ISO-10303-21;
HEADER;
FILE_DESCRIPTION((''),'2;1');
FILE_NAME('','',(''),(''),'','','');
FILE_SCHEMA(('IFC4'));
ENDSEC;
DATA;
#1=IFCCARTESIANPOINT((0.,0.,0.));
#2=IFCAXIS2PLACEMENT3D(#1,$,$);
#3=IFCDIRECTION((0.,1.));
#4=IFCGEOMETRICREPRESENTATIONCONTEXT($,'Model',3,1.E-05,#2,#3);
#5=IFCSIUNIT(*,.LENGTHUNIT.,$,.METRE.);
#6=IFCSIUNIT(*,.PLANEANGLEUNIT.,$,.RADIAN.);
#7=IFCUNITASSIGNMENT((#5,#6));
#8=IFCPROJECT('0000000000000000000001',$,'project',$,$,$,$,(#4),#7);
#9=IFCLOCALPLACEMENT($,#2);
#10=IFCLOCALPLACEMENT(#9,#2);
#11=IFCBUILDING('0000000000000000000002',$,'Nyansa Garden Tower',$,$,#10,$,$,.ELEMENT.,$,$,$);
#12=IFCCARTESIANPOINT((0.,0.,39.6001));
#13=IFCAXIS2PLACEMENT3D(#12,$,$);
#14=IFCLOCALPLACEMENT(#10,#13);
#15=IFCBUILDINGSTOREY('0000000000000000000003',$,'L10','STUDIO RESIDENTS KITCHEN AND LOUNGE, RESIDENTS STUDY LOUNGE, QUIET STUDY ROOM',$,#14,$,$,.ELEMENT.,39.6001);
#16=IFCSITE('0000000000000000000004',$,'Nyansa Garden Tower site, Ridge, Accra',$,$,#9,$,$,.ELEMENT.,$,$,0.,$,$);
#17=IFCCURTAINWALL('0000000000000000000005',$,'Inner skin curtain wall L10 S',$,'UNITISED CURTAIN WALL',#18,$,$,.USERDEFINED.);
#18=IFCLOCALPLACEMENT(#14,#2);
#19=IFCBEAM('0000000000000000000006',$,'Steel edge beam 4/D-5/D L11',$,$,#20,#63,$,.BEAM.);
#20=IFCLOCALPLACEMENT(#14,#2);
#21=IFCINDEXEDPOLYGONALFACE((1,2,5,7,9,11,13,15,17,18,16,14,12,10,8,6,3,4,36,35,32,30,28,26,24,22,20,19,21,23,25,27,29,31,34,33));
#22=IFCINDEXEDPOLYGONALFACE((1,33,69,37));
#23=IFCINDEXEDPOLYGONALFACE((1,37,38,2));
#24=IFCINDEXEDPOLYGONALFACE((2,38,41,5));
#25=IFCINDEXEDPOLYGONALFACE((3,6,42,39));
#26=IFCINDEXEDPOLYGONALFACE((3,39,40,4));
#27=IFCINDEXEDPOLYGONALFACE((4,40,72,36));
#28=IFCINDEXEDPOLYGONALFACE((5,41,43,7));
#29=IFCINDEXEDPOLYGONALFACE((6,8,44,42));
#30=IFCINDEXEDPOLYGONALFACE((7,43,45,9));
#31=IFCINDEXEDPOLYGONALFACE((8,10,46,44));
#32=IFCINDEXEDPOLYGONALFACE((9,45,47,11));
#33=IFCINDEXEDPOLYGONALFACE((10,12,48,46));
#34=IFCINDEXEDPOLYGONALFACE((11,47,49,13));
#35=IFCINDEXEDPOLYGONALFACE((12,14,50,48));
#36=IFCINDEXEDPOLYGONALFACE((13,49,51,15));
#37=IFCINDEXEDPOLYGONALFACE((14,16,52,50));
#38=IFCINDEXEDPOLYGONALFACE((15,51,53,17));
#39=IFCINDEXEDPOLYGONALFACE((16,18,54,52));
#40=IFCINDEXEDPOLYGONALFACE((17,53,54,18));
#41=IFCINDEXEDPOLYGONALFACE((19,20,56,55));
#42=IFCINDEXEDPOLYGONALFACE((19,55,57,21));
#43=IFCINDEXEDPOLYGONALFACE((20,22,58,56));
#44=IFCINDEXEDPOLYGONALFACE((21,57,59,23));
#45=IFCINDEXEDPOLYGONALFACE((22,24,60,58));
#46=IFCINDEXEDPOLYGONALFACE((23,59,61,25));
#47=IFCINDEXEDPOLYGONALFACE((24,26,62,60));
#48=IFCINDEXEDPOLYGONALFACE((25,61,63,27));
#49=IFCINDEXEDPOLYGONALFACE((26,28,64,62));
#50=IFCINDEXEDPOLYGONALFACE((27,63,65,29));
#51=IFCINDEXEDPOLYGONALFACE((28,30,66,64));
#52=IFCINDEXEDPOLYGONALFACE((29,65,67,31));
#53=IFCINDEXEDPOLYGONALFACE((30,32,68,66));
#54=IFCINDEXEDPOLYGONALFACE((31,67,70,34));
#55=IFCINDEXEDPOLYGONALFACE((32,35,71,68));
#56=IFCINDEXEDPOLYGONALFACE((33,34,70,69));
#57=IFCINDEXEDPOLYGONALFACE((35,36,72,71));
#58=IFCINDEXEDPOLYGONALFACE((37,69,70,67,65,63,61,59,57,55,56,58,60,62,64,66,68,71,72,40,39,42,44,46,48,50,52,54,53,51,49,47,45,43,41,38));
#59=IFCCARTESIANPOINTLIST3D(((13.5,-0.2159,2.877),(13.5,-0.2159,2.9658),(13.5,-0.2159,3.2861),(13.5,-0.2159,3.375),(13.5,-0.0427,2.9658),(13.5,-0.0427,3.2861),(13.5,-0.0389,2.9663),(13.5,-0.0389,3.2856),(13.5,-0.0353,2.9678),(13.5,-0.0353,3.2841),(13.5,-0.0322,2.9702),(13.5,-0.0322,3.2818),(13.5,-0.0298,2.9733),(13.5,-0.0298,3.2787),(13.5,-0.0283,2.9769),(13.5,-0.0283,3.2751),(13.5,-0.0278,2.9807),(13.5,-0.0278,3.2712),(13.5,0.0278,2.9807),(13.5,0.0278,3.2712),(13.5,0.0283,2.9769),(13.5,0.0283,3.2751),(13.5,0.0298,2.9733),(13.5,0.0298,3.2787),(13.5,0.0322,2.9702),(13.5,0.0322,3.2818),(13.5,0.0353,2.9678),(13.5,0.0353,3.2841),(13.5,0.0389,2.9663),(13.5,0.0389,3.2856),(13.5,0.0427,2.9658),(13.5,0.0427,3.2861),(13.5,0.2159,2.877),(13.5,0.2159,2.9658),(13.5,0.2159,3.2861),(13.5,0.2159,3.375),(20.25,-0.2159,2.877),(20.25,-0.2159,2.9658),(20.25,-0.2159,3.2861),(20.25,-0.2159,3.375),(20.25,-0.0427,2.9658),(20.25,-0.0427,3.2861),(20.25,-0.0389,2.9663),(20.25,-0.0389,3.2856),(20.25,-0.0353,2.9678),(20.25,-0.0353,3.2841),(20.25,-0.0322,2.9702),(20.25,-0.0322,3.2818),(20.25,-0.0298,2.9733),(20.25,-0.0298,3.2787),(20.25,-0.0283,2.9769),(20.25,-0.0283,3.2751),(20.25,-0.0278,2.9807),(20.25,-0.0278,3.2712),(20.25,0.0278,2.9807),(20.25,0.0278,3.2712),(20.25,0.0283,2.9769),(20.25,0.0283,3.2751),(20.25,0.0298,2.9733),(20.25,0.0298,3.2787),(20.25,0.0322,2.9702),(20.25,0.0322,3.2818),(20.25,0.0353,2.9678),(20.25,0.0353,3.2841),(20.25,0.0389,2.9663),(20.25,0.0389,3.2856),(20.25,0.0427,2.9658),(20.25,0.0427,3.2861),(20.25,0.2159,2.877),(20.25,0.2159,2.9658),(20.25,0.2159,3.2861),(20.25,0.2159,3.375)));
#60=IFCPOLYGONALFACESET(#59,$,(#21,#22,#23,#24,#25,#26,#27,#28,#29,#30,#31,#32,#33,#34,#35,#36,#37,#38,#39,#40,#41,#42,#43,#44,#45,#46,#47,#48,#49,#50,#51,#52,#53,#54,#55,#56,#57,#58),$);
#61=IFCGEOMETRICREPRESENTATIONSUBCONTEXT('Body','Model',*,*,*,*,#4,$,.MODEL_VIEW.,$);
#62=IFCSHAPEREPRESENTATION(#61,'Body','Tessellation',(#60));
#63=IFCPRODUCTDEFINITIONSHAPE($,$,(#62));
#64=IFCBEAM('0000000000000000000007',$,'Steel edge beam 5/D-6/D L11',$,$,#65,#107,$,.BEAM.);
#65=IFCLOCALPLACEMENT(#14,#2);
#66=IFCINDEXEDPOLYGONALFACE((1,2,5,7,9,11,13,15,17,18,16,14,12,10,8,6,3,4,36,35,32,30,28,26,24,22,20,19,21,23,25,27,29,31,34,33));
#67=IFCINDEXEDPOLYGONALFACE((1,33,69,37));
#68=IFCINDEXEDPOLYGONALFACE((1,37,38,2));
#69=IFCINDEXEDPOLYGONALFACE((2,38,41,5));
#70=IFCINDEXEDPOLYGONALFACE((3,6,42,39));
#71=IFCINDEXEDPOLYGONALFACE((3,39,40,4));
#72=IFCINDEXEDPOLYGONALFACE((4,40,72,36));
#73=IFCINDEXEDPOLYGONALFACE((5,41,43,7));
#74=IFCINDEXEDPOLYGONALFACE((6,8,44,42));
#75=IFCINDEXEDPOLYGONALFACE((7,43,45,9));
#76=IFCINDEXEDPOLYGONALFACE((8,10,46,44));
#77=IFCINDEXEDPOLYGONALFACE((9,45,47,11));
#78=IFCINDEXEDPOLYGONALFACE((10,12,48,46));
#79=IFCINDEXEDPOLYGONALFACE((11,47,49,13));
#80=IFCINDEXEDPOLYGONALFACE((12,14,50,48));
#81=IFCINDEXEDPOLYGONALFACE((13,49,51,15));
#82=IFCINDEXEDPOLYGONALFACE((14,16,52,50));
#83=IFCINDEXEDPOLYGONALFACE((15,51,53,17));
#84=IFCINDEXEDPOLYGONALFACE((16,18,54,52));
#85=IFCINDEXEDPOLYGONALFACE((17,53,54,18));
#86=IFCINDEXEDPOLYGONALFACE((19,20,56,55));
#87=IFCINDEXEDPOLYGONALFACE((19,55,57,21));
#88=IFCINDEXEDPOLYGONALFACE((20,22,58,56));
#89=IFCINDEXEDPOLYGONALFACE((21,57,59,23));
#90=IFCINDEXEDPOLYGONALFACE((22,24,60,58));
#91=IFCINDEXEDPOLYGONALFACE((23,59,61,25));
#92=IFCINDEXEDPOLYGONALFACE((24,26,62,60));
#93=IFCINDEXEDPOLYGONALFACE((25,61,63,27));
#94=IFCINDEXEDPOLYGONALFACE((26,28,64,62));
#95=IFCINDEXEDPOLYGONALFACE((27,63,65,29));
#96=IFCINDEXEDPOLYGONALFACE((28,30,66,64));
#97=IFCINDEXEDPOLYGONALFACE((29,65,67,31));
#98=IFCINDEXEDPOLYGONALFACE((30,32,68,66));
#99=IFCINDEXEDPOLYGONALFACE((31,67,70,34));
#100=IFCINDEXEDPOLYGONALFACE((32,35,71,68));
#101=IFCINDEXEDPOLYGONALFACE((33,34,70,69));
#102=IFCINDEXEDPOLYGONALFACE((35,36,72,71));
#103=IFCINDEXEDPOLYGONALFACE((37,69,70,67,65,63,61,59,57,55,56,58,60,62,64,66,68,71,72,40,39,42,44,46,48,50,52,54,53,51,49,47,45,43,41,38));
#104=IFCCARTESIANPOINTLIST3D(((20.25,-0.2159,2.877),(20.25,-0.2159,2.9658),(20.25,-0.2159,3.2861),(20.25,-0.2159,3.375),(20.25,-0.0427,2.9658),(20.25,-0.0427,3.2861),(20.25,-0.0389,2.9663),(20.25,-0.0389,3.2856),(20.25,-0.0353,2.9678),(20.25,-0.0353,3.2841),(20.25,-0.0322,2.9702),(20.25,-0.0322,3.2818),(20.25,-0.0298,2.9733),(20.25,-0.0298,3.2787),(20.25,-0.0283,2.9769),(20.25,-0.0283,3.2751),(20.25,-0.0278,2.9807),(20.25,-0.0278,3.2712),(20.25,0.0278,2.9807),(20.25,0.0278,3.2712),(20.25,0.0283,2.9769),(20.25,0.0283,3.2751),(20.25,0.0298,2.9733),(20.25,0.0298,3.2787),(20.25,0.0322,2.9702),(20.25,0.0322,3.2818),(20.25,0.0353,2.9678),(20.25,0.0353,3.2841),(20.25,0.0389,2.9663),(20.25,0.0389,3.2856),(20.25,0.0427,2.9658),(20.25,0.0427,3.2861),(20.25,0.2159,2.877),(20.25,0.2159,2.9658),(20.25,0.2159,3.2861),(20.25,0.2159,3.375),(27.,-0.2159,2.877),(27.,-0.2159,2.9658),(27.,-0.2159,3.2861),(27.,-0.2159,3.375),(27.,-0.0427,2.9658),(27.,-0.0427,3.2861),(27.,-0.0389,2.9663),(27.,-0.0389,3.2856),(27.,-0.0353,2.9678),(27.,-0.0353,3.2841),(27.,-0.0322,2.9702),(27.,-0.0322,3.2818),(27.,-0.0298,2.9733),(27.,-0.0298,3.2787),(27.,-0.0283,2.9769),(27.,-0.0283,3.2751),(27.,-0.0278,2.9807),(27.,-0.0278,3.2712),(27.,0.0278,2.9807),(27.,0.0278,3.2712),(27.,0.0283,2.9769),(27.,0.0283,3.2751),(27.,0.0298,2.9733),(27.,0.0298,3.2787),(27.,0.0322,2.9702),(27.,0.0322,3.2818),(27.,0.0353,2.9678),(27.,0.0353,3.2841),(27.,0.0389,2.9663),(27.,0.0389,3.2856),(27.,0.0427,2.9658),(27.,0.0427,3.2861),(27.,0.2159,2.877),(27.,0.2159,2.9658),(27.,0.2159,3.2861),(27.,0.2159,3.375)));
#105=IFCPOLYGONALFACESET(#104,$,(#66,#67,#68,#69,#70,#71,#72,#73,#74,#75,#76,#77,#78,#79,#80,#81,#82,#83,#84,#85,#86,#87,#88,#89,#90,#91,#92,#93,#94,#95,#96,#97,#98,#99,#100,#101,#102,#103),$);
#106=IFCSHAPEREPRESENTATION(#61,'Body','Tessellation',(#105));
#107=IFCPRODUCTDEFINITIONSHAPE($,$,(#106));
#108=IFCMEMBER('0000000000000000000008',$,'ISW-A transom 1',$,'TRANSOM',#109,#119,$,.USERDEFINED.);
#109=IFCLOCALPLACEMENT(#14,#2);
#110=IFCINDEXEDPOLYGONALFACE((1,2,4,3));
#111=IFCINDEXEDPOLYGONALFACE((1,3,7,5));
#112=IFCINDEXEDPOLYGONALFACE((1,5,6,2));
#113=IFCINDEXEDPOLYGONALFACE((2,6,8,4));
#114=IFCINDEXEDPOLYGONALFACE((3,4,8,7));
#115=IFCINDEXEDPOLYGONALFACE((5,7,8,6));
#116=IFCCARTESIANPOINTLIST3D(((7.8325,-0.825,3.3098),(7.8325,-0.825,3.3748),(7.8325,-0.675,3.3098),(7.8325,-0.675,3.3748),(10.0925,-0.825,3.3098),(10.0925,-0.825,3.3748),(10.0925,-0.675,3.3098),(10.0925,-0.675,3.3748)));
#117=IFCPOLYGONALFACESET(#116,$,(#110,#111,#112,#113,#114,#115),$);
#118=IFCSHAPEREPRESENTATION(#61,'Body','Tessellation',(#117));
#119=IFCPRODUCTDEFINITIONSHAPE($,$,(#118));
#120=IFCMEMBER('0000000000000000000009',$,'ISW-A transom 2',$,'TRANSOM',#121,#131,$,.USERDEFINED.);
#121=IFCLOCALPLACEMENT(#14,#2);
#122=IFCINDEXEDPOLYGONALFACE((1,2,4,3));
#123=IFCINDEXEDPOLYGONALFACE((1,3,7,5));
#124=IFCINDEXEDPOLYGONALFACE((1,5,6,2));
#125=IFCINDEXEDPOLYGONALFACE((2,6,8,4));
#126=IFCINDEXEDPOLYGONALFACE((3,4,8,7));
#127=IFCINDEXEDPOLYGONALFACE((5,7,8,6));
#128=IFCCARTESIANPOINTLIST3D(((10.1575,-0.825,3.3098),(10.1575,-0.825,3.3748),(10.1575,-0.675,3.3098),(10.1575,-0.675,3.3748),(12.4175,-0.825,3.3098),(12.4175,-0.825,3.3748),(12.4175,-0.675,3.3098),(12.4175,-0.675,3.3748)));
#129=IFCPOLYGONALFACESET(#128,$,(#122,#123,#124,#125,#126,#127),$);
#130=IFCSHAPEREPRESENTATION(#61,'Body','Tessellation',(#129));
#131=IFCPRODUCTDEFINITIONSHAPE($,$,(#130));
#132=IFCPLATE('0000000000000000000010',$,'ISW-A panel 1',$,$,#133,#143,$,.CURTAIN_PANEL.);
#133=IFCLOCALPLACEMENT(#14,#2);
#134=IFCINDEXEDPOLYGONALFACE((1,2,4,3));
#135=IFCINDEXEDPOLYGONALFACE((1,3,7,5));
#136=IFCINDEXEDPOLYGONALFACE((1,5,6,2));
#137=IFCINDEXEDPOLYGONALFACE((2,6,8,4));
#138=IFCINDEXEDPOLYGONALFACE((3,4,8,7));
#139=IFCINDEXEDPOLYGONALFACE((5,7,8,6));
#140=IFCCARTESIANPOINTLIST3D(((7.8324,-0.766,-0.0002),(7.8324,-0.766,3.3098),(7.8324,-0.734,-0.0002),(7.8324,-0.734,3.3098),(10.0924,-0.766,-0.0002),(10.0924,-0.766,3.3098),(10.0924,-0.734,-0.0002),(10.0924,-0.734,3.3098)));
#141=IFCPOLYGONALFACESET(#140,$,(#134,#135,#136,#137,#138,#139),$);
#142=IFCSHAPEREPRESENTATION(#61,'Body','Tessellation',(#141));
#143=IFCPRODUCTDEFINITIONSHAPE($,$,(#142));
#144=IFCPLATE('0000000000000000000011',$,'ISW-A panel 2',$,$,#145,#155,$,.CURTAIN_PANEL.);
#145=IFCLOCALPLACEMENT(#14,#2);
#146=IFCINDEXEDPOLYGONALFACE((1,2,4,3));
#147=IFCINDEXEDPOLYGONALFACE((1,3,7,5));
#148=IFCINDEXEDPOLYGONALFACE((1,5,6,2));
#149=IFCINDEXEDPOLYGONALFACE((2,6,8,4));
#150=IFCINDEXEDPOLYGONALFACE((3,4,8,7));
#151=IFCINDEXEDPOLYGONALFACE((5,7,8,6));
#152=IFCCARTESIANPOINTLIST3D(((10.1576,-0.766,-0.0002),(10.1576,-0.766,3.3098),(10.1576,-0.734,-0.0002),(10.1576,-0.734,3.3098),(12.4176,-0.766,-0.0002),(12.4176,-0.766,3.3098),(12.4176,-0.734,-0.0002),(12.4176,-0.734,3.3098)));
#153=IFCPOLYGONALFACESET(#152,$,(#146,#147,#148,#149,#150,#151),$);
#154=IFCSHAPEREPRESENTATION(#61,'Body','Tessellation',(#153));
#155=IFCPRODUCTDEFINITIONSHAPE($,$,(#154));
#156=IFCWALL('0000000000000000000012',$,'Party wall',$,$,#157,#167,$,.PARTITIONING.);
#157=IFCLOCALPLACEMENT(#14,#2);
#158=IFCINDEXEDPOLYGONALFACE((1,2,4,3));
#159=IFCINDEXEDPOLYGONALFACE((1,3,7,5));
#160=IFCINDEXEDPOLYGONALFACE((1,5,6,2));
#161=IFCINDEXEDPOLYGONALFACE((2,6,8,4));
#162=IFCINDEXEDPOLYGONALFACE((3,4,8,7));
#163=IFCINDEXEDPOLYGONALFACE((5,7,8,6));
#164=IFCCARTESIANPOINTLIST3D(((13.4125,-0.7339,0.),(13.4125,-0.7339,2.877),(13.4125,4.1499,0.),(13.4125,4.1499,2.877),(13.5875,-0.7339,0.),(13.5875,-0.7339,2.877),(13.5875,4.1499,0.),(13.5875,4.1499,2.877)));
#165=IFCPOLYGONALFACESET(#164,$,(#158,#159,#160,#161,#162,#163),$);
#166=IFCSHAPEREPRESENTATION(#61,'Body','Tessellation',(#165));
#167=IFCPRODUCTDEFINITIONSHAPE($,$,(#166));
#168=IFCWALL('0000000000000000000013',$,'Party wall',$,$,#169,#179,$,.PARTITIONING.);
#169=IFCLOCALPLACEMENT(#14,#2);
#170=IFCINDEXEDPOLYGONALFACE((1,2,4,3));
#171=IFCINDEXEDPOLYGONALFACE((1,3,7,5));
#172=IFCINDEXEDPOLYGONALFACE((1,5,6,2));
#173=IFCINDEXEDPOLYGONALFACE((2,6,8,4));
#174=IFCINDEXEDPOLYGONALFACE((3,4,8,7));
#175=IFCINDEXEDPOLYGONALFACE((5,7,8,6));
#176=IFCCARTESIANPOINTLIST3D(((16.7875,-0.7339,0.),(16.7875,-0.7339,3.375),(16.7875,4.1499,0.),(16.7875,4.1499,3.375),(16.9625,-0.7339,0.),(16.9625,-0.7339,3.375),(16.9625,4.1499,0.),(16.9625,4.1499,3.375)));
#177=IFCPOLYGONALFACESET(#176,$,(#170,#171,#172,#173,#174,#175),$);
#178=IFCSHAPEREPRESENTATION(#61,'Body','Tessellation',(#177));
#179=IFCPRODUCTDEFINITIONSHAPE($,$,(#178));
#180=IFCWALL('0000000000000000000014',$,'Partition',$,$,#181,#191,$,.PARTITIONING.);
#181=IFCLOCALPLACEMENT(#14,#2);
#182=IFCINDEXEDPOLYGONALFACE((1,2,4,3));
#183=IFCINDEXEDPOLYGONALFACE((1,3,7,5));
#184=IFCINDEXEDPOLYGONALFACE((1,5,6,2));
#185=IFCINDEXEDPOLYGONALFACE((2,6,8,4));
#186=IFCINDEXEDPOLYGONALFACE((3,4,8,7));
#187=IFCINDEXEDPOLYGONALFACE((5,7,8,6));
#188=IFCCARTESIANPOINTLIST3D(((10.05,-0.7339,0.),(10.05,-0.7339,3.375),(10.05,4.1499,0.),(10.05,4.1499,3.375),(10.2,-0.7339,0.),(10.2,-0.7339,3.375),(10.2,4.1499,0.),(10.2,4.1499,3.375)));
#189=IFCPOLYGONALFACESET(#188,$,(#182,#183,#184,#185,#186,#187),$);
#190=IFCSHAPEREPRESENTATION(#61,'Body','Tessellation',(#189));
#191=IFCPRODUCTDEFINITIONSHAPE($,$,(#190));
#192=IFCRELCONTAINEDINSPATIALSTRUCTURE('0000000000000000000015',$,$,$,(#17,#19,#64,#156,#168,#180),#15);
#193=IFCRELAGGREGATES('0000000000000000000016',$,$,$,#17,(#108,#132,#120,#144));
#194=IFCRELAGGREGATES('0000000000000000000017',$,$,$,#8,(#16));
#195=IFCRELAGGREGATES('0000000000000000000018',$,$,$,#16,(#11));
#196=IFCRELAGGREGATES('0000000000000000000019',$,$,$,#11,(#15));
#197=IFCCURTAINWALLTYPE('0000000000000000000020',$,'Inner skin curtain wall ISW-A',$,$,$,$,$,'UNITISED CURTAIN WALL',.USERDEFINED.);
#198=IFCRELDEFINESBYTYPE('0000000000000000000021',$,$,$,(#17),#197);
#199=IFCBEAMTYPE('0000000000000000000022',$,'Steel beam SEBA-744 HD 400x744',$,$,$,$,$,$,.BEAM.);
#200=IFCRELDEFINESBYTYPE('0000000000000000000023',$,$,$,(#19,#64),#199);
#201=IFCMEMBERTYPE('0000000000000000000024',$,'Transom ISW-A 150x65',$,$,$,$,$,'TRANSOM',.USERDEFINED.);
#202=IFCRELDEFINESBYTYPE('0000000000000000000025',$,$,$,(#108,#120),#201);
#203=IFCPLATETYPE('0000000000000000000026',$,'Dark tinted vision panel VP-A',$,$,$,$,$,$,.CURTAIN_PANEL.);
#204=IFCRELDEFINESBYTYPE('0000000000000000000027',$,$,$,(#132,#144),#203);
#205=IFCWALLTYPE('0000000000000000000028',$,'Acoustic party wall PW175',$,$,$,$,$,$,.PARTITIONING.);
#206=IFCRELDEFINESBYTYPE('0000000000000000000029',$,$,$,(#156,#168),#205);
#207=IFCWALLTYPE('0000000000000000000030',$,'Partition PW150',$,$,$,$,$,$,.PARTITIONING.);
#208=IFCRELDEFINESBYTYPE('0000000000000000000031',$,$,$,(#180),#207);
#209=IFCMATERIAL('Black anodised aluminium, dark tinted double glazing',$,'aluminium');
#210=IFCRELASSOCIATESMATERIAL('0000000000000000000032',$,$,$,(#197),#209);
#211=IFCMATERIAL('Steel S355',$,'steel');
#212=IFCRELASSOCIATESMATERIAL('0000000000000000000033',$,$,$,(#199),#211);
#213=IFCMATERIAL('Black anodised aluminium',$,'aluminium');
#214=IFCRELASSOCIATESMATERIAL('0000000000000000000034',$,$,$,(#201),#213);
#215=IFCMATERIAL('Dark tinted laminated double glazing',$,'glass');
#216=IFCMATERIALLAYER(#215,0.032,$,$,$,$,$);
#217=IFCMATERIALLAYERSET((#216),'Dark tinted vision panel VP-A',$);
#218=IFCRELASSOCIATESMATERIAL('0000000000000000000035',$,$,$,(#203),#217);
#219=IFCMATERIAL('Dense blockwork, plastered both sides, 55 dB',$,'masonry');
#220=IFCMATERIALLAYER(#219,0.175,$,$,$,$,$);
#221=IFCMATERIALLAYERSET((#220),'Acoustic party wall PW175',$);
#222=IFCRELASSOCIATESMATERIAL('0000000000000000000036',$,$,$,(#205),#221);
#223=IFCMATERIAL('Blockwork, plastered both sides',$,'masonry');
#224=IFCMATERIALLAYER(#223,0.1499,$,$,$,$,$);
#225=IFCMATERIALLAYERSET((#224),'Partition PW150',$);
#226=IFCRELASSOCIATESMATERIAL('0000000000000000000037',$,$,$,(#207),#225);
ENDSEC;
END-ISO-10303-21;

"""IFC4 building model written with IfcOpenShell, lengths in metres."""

from ifc_helpers import new_model, si_unit, direction, frame, frame_2d, origin, origin_2d, place, context, subcontext, project, spatial, rectangle, i_section, extrude, material, layer, layer_set, material_profile, profile_set, type_object, element, aggregate, save


model = new_model("IFC4")

# Units and contexts
model_context = context("Model", 3, precision=1e-05, world=origin(), true_north=direction((0.0, 1.0)))
body_context = subcontext(model_context, "Body", "Model", "MODEL_VIEW")
ifc_project = project(units=[si_unit("LENGTHUNIT", "METRE"), si_unit("PLANEANGLEUNIT", "RADIAN")], contexts=[model_context])

# Site, building, storey
site_placement = place(None, origin())
site = spatial("IfcSite", under=ifc_project, at=site_placement, Name="Nyansa Garden Tower site, Ridge, Accra", CompositionType="ELEMENT", RefElevation=0.0)
building_placement = place(site_placement, origin())
building = spatial("IfcBuilding", under=site, at=building_placement, Name="Nyansa Garden Tower", CompositionType="ELEMENT")
storey_placement = place(building_placement, frame((0.0, 0.0, 39.6001)))
storey = spatial("IfcBuildingStorey", under=building, at=storey_placement, Name="L10", Description="STUDIO RESIDENTS KITCHEN AND LOUNGE, RESIDENTS STUDY LOUNGE, QUIET STUDY ROOM", CompositionType="ELEMENT", Elevation=39.6001)

# Curtain wall
ifc_material_1 = material(Name="Black anodised aluminium, dark tinted double glazing", Category="aluminium")
curtain_wall_type = type_object("IfcCurtainWallType", Name="Inner skin curtain wall ISW-A", ElementType="UNITISED CURTAIN WALL", PredefinedType="USERDEFINED", material=ifc_material_1)
curtain_wall_placement = place(storey_placement, origin())
curtain_wall = element("IfcCurtainWall", 1, at=curtain_wall_placement, inside=storey, type_object=curtain_wall_type, Name="Inner skin curtain wall L10 S", ObjectType="UNITISED CURTAIN WALL", PredefinedType="USERDEFINED")

# Beams
ifc_material_2 = material(Name="Steel S355", Category="steel")
ifc_material_profile_1 = material_profile(ifc_material_2, i_section(OverallWidth=0.4319, OverallDepth=0.498, WebThickness=0.0557, FlangeThickness=0.0889, FilletRadius=0.0149, at=origin_2d()), Name="HD 400x744")
ifc_profile_set_1 = profile_set([ifc_material_profile_1], Name="Steel S355")
beam_type_1 = type_object("IfcBeamType", Name="Steel beam SEBA-744 HD 400x744", PredefinedType="BEAM", material=ifc_profile_set_1)
for number, where, z_axis, x_axis, name in (
    (2, (13.5, 0.0, 3.126), (1.0, 0.0, 0.0), (0.0, 1.0, 0.0), "Steel edge beam 4/D-5/D L11"),
    (3, (20.25, 0.0, 3.126), (1.0, 0.0, 0.0), (0.0, 1.0, 0.0), "Steel edge beam 5/D-6/D L11"),
):
    element("IfcBeam", number, at=place(storey_placement, frame(where, z_axis=z_axis, x_axis=x_axis)), inside=storey, type_object=beam_type_1, Name=name, PredefinedType="BEAM", context=body_context, shape_type="SweptSolid", body=[
        extrude(i_section(OverallWidth=0.4319, OverallDepth=0.498, WebThickness=0.0557, FlangeThickness=0.0889, FilletRadius=0.0149, at=origin_2d()), origin(), (0.0, 0.0, 1.0), 6.75),
    ])

# Members
ifc_material_3 = material(Name="Black anodised aluminium", Category="aluminium")
ifc_material_profile_2 = material_profile(ifc_material_3, rectangle(XDim=0.1499, YDim=0.0649, at=origin_2d()), Name="Transom 150x65")
ifc_profile_set_2 = profile_set([ifc_material_profile_2], Name="Black anodised aluminium")
member_type_1 = type_object("IfcMemberType", Name="Transom ISW-A 150x65", ElementType="TRANSOM", PredefinedType="USERDEFINED", material=ifc_profile_set_2)
member_1_placement = place(storey_placement, frame((7.8325, -0.75, 3.3423), z_axis=(1.0, 0.0, 0.0), x_axis=(0.0, 1.0, 0.0)))
member_1 = element("IfcMember", 4, at=member_1_placement, type_object=member_type_1, Name="ISW-A transom 1", ObjectType="TRANSOM", PredefinedType="USERDEFINED", context=body_context, shape_type="SweptSolid", body=[
    extrude(rectangle(XDim=0.1499, YDim=0.0649, at=origin_2d()), origin(), (0.0, 0.0, 1.0), 2.26),
])
member_2_placement = place(storey_placement, frame((10.1575, -0.75, 3.3423), z_axis=(1.0, 0.0, 0.0), x_axis=(0.0, 1.0, 0.0)))
member_2 = element("IfcMember", 5, at=member_2_placement, type_object=member_type_1, Name="ISW-A transom 2", ObjectType="TRANSOM", PredefinedType="USERDEFINED", context=body_context, shape_type="SweptSolid", body=[
    extrude(rectangle(XDim=0.1499, YDim=0.0649, at=origin_2d()), origin(), (0.0, 0.0, 1.0), 2.26),
])

# Plates
ifc_material_4 = material(Name="Dark tinted laminated double glazing", Category="glass")
ifc_layer_1 = layer(ifc_material_4, 0.032)
ifc_layer_set_1 = layer_set([ifc_layer_1], Name="Dark tinted vision panel VP-A")
plate_type = type_object("IfcPlateType", Name="Dark tinted vision panel VP-A", PredefinedType="CURTAIN_PANEL", material=ifc_layer_set_1)
plate_1_placement = place(storey_placement, frame((8.9624, -0.75, -0.0002), z_axis=(0.0, 0.0, 1.0), x_axis=(1.0, 0.0, 0.0)))
plate_1 = element("IfcPlate", 6, at=plate_1_placement, type_object=plate_type, Name="ISW-A panel 1", PredefinedType="CURTAIN_PANEL", context=body_context, shape_type="SweptSolid", body=[
    extrude(rectangle(XDim=2.26, YDim=0.032, at=origin_2d()), origin(), (0.0, 0.0, 1.0), 3.3101),
])
plate_2_placement = place(storey_placement, frame((11.2876, -0.75, -0.0002), z_axis=(0.0, 0.0, 1.0), x_axis=(1.0, 0.0, 0.0)))
plate_2 = element("IfcPlate", 7, at=plate_2_placement, type_object=plate_type, Name="ISW-A panel 2", PredefinedType="CURTAIN_PANEL", context=body_context, shape_type="SweptSolid", body=[
    extrude(rectangle(XDim=2.26, YDim=0.032, at=origin_2d()), origin(), (0.0, 0.0, 1.0), 3.3101),
])
aggregate(curtain_wall, [member_1, plate_1, member_2, plate_2])

# Walls
ifc_material_5 = material(Name="Dense blockwork, plastered both sides, 55 dB", Category="masonry")
ifc_layer_2 = layer(ifc_material_5, 0.175)
ifc_layer_set_2 = layer_set([ifc_layer_2], Name="Acoustic party wall PW175")
wall_type_1 = type_object("IfcWallType", Name="Acoustic party wall PW175", PredefinedType="PARTITIONING", material=ifc_layer_set_2)
wall_1_placement = place(storey_placement, frame((13.5, -0.7339, 0.0), z_axis=(0.0, 0.0, 1.0), x_axis=(0.0, 1.0, 0.0)))
element("IfcWall", 8, at=wall_1_placement, inside=storey, type_object=wall_type_1, Name="Party wall", PredefinedType="PARTITIONING", context=body_context, shape_type="SweptSolid", body=[
    extrude(rectangle(XDim=4.8838, YDim=0.175, at=frame_2d((2.4419, 0.0))), origin(), (0.0, 0.0, 1.0), 2.877),
])
wall_2_placement = place(storey_placement, frame((16.875, -0.7339, 0.0), z_axis=(0.0, 0.0, 1.0), x_axis=(0.0, 1.0, 0.0)))
element("IfcWall", 9, at=wall_2_placement, inside=storey, type_object=wall_type_1, Name="Party wall", PredefinedType="PARTITIONING", context=body_context, shape_type="SweptSolid", body=[
    extrude(rectangle(XDim=4.8838, YDim=0.175, at=frame_2d((2.4419, 0.0))), origin(), (0.0, 0.0, 1.0), 3.375),
])
ifc_material_6 = material(Name="Blockwork, plastered both sides", Category="masonry")
ifc_layer_3 = layer(ifc_material_6, 0.1499)
ifc_layer_set_3 = layer_set([ifc_layer_3], Name="Partition PW150")
wall_type_2 = type_object("IfcWallType", Name="Partition PW150", PredefinedType="PARTITIONING", material=ifc_layer_set_3)
wall_3_placement = place(storey_placement, frame((10.125, -0.7339, 0.0), z_axis=(0.0, 0.0, 1.0), x_axis=(0.0, 1.0, 0.0)))
element("IfcWall", 10, at=wall_3_placement, inside=storey, type_object=wall_type_2, Name="Partition", PredefinedType="PARTITIONING", context=body_context, shape_type="SweptSolid", body=[
    extrude(rectangle(XDim=4.8838, YDim=0.1499, at=frame_2d((2.4419, 0.0))), origin(), (0.0, 0.0, 1.0), 3.375),
])

save(model, "model.ifc")
